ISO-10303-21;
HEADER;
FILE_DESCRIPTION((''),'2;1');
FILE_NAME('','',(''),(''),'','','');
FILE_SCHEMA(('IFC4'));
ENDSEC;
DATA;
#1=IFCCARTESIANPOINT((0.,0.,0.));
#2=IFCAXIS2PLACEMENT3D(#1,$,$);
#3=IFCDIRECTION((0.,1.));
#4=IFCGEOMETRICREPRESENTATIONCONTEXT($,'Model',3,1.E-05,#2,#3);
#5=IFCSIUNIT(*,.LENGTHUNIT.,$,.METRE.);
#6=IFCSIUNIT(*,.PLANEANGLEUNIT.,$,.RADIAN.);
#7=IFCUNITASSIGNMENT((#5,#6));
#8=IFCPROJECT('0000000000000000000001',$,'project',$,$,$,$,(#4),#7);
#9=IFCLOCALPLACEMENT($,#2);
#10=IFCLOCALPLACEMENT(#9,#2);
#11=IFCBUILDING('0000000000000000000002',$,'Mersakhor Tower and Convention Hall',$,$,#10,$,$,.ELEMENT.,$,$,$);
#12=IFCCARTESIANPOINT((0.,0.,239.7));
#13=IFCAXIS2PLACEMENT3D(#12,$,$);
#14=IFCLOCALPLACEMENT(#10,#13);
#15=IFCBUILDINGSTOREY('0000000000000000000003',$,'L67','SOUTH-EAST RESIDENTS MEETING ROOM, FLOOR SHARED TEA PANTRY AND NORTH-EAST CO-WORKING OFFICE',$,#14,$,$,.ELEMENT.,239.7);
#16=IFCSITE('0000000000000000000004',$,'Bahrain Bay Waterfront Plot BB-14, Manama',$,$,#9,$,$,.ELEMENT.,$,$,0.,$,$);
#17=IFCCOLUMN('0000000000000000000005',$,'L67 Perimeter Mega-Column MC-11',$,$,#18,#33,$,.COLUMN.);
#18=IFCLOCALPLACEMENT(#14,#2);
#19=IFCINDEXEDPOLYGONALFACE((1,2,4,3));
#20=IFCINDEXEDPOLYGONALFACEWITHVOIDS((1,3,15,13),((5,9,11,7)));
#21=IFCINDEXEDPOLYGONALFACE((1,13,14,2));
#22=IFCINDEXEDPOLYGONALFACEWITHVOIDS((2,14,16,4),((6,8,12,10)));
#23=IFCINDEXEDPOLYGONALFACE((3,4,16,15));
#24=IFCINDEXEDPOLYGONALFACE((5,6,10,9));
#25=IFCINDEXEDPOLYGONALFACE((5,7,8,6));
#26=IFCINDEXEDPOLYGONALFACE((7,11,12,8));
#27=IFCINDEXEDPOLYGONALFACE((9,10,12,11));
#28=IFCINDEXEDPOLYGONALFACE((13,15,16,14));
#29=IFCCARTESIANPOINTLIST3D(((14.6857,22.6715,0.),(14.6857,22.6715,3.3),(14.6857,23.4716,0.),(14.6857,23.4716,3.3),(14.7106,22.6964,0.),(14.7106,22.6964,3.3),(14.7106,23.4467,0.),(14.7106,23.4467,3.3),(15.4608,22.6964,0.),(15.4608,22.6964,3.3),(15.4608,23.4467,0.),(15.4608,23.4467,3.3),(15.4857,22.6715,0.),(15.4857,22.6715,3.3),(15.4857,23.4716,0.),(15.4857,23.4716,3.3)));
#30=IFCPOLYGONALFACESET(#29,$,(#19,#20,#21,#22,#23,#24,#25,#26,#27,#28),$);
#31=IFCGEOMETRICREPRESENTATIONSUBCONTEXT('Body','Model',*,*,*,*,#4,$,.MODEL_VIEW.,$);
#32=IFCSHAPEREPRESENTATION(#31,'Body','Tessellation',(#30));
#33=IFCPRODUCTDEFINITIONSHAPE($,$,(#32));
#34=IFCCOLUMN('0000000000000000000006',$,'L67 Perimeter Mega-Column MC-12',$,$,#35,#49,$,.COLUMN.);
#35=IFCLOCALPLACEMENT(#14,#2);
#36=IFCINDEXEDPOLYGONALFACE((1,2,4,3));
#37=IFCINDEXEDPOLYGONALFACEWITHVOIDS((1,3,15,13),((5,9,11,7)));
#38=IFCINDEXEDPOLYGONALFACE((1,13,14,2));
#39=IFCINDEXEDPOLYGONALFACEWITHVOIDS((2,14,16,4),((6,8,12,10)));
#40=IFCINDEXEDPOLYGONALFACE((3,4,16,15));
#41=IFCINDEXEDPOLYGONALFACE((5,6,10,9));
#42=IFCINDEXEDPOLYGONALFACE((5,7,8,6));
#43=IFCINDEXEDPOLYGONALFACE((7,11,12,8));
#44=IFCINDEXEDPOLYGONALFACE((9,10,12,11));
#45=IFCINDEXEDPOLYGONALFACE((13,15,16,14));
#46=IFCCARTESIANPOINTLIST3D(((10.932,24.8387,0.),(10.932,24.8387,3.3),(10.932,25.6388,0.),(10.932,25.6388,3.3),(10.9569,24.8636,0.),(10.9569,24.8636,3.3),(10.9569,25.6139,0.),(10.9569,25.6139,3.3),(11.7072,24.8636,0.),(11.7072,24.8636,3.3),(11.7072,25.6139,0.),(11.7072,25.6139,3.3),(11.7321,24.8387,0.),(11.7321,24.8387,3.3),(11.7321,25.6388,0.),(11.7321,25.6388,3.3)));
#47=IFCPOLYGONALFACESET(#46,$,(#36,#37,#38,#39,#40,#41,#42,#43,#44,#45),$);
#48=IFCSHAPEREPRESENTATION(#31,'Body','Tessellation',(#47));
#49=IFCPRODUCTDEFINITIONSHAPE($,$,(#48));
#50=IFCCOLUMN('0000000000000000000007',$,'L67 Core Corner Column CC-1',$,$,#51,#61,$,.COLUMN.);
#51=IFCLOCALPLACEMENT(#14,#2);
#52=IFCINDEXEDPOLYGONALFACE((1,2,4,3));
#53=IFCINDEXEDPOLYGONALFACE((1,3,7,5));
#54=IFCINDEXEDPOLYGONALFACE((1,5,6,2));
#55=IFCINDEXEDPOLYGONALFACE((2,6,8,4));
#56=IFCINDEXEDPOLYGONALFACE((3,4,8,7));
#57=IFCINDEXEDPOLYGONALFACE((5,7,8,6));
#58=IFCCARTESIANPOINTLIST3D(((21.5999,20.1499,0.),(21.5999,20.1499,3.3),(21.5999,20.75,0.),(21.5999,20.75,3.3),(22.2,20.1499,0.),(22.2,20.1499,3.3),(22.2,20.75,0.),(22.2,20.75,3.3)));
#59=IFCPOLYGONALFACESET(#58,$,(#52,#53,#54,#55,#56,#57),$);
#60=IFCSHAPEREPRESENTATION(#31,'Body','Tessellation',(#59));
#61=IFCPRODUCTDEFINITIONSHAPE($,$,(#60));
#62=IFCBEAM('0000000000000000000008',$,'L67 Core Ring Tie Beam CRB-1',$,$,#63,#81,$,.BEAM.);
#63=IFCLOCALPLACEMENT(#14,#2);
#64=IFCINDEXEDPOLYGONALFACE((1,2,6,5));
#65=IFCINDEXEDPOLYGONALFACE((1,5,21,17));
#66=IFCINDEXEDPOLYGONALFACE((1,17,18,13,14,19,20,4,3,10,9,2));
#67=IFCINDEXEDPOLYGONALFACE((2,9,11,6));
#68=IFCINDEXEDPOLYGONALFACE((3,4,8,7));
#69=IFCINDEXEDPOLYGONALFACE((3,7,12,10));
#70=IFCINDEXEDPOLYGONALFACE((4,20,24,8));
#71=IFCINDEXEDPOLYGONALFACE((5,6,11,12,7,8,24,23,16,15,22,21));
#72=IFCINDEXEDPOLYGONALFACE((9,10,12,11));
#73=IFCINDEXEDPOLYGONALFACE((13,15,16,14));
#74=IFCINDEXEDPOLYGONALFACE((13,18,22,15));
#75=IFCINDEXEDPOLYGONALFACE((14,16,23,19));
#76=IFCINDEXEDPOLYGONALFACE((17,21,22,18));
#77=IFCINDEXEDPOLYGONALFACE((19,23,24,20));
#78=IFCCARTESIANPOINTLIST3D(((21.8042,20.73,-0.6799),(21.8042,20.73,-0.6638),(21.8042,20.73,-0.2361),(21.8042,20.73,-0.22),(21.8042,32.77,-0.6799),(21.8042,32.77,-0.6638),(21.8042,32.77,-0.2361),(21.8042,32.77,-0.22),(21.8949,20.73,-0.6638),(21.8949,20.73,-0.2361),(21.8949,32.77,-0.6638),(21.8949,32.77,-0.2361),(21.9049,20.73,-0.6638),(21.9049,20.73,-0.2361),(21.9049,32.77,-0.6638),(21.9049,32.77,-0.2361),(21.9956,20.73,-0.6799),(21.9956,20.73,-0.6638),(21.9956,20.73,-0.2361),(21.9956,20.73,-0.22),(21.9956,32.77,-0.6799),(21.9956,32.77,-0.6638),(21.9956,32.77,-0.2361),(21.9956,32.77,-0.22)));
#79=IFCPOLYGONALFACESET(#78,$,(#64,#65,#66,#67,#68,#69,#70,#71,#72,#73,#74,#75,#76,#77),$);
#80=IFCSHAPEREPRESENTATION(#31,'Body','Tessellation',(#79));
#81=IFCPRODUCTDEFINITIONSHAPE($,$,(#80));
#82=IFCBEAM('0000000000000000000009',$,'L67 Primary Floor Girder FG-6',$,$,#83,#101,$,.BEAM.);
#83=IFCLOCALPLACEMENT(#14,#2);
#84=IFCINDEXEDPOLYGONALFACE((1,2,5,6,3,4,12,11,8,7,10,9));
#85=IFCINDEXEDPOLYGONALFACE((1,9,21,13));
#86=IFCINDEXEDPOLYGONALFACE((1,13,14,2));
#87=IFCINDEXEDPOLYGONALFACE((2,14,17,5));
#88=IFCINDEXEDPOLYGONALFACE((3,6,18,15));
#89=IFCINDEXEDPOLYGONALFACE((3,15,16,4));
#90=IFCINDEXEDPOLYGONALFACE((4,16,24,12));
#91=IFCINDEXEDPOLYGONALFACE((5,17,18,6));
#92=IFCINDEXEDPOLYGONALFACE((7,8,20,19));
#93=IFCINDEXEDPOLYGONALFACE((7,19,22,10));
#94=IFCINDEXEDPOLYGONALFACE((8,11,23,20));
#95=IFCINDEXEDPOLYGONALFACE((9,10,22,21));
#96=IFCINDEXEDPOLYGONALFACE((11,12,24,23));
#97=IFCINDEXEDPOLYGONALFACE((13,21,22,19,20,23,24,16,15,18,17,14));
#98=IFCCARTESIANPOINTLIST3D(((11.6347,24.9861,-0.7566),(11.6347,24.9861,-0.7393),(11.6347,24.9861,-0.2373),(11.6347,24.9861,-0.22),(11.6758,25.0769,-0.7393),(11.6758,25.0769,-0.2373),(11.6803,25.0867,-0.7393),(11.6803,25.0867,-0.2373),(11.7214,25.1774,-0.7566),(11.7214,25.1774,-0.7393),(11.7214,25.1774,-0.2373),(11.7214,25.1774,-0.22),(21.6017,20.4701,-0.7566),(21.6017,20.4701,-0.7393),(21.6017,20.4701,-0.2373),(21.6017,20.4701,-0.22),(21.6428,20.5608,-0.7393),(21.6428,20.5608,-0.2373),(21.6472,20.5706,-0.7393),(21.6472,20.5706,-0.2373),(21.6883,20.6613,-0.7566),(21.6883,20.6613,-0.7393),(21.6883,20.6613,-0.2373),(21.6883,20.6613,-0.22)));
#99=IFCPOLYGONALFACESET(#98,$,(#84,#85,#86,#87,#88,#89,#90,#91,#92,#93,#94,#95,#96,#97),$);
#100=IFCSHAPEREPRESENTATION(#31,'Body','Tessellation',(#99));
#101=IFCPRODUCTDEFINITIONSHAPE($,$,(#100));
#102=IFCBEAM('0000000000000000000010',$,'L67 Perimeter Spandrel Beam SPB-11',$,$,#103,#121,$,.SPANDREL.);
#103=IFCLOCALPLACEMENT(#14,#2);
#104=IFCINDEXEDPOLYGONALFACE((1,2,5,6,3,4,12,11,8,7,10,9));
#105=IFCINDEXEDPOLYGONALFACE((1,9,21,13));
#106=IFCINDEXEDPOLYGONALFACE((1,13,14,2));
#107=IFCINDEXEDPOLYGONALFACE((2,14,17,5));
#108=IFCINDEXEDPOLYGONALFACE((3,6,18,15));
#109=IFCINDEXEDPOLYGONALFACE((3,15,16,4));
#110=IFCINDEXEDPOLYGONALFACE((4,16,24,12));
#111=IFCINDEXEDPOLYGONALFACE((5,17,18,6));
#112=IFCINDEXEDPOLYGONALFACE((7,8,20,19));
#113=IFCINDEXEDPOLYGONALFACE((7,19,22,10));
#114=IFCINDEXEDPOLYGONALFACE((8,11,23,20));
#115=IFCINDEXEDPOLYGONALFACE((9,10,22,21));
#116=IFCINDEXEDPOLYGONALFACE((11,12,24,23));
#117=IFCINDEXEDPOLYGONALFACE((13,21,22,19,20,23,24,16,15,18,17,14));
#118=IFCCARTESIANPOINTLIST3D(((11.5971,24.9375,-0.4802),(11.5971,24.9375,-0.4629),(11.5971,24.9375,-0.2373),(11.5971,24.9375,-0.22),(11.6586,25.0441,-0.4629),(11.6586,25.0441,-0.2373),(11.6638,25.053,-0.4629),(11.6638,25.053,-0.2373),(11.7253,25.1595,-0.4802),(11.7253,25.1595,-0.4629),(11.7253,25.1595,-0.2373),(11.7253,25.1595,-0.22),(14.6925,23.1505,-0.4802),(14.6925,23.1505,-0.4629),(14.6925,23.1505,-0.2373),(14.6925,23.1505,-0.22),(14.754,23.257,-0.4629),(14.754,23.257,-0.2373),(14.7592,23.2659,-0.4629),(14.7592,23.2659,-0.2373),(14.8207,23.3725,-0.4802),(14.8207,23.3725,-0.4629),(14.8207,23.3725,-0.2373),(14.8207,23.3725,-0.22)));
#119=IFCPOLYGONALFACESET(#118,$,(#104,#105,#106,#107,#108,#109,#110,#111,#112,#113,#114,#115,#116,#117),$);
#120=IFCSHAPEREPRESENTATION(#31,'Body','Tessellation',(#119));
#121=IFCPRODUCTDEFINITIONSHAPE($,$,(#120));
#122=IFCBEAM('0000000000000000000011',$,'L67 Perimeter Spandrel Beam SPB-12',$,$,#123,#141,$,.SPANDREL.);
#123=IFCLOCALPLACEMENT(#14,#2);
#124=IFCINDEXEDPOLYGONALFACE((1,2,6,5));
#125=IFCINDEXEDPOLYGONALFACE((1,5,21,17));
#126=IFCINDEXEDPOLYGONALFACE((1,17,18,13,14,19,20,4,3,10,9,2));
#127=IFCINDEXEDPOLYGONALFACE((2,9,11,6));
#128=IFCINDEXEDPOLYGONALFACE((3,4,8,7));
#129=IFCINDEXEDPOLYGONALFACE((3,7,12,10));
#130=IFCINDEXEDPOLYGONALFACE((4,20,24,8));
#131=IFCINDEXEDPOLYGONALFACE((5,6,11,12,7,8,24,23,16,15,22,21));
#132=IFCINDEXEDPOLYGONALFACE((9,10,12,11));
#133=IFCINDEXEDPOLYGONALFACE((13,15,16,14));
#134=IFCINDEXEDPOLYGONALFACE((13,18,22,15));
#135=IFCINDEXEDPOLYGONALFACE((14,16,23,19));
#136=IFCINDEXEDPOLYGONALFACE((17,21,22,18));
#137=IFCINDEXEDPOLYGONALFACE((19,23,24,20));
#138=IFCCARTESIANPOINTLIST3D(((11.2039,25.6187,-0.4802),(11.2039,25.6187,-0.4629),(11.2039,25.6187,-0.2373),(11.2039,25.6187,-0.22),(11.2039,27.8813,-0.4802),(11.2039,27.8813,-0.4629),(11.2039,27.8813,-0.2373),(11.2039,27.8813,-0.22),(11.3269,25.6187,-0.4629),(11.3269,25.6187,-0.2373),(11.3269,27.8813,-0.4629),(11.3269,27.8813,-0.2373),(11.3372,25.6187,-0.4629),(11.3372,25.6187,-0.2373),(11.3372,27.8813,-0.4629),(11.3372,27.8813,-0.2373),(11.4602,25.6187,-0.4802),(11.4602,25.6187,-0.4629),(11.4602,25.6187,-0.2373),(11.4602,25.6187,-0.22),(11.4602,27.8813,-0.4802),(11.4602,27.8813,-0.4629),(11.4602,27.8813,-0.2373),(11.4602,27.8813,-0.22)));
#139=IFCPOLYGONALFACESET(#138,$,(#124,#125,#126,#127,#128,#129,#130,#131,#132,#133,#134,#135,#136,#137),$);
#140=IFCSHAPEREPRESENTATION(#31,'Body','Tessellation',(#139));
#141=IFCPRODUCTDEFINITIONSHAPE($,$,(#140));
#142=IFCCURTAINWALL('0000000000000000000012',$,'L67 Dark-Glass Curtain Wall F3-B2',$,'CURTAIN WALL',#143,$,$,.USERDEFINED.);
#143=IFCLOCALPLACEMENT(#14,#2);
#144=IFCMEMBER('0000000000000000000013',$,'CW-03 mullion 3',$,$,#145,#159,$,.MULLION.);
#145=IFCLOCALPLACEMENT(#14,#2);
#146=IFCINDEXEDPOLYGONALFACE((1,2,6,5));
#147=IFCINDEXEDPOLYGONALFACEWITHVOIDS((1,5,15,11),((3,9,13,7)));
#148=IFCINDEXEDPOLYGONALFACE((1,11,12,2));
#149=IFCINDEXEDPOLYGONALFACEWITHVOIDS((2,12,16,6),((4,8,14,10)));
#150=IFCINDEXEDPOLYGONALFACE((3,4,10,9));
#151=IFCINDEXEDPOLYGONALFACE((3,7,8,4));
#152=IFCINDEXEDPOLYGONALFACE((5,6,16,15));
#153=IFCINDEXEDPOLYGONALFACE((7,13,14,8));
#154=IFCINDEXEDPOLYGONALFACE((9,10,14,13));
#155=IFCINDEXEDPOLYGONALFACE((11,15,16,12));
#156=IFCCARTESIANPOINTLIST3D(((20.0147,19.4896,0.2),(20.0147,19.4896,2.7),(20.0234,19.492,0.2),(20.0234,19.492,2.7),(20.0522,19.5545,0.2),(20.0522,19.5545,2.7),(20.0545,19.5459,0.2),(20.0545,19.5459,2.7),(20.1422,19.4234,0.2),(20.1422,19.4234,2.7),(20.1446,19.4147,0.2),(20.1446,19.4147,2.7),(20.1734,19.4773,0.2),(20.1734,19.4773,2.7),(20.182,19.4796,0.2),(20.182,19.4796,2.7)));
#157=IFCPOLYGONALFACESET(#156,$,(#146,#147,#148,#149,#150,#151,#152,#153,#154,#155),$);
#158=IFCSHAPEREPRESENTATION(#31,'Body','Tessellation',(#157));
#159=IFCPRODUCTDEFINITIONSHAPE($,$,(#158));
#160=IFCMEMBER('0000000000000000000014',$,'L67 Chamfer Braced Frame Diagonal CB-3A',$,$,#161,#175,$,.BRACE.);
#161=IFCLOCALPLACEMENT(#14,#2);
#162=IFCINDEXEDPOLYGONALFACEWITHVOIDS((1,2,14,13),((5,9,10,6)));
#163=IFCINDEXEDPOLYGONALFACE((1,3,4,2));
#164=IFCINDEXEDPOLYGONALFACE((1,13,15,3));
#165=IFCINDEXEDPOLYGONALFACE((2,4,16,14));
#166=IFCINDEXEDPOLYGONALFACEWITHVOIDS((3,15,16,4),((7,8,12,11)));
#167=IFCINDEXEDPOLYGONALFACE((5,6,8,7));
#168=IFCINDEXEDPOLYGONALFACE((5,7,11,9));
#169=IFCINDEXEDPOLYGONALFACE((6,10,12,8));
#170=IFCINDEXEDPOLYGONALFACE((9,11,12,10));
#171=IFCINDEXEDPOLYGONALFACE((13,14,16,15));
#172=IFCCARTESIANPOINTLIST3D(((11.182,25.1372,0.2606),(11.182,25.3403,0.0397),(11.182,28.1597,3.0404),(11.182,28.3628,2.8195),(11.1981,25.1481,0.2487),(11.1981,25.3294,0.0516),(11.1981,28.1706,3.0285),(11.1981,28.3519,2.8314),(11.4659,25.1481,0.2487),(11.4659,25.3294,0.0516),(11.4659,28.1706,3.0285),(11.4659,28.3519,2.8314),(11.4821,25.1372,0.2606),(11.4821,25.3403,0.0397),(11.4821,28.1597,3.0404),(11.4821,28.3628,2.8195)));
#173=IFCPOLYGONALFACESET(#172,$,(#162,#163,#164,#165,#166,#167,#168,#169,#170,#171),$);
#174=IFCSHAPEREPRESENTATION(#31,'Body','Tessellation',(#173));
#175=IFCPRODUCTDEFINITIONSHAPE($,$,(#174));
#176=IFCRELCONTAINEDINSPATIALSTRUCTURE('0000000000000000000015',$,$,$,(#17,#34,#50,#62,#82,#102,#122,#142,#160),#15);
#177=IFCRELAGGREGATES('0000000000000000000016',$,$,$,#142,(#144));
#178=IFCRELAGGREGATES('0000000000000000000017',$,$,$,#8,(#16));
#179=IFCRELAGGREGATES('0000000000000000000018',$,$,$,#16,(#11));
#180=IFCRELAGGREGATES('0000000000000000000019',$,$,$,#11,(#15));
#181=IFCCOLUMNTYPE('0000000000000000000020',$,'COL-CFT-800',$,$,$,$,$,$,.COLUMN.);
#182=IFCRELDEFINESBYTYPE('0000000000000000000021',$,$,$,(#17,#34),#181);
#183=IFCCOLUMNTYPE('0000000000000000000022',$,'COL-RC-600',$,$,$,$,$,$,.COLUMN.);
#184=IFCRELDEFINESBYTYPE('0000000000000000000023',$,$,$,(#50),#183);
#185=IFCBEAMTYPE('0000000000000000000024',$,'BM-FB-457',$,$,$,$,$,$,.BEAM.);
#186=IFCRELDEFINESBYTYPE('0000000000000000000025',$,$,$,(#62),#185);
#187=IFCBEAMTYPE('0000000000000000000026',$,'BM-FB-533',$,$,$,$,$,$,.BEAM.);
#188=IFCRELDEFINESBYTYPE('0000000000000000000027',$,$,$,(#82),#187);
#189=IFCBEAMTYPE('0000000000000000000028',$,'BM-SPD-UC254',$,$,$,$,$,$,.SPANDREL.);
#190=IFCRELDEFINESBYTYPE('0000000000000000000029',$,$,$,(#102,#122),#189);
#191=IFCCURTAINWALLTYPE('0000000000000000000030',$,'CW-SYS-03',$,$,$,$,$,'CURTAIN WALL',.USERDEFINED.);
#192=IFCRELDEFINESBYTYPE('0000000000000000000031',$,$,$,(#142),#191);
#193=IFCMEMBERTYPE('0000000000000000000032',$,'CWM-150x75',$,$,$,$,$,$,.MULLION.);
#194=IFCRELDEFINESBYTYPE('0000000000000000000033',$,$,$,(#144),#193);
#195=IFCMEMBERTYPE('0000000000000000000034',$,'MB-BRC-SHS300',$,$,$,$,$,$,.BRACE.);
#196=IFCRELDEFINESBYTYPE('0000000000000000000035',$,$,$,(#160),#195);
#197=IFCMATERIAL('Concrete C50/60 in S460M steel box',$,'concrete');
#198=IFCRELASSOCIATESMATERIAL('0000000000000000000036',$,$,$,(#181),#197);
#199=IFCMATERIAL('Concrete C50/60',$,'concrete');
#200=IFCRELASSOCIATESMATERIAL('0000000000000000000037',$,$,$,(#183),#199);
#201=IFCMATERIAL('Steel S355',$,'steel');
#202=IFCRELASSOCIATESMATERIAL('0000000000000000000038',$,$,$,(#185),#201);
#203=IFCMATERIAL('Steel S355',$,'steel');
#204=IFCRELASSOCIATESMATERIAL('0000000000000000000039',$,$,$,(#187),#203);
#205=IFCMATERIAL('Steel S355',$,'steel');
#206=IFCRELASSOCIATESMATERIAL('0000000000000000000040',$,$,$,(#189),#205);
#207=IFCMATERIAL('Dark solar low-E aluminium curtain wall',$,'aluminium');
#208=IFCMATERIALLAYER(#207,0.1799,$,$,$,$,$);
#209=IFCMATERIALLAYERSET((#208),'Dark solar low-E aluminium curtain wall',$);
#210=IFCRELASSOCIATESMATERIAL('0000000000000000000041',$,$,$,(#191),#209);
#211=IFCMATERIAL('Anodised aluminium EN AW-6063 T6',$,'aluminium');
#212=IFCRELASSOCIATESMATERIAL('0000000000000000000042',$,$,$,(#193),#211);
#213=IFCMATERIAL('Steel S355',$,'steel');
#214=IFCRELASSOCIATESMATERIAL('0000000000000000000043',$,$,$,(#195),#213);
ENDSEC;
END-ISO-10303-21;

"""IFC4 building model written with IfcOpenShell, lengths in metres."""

from ifc_helpers import new_model, si_unit, direction, frame, origin, origin_2d, place, context, subcontext, project, spatial, rectangle, hollow_rectangle, i_section, extrude, material, layer, layer_set, material_profile, profile_set, type_object, element, aggregate, save


model = new_model("IFC4")

# Units and contexts
model_context = context("Model", 3, precision=1e-05, world=origin(), true_north=direction((0.0, 1.0)))
body_context = subcontext(model_context, "Body", "Model", "MODEL_VIEW")
ifc_project = project(units=[si_unit("LENGTHUNIT", "METRE"), si_unit("PLANEANGLEUNIT", "RADIAN")], contexts=[model_context])

# Site, building, storey
site_placement = place(None, origin())
site = spatial("IfcSite", under=ifc_project, at=site_placement, Name="Bahrain Bay Waterfront Plot BB-14, Manama", CompositionType="ELEMENT", RefElevation=0.0)
building_placement = place(site_placement, origin())
building = spatial("IfcBuilding", under=site, at=building_placement, Name="Mersakhor Tower and Convention Hall", CompositionType="ELEMENT")
storey_placement = place(building_placement, frame((0.0, 0.0, 239.7)))
storey = spatial("IfcBuildingStorey", under=building, at=storey_placement, Name="L67", Description="SOUTH-EAST RESIDENTS MEETING ROOM, FLOOR SHARED TEA PANTRY AND NORTH-EAST CO-WORKING OFFICE", CompositionType="ELEMENT", Elevation=239.7)

# Columns
ifc_material_1 = material(Name="Concrete C50/60 in S460M steel box", Category="concrete")
ifc_material_profile_1 = material_profile(ifc_material_1, hollow_rectangle(XDim=0.8, YDim=0.8, WallThickness=0.0249, at=origin_2d()), Name="SHS 800x800x25")
ifc_profile_set_1 = profile_set([ifc_material_profile_1], Name="Concrete C50/60 in S460M steel box")
column_type_1 = type_object("IfcColumnType", Name="COL-CFT-800", PredefinedType="COLUMN", material=ifc_profile_set_1)
for number, where, z_axis, x_axis, name in (
    (1, (15.0857, 23.0715, 0.0), (0.0, 0.0, 1.0), (1.0, 0.0, 0.0), "L67 Perimeter Mega-Column MC-11"),
    (2, (11.332, 25.2388, 0.0), (0.0, 0.0, 1.0), (1.0, 0.0, 0.0), "L67 Perimeter Mega-Column MC-12"),
):
    element("IfcColumn", number, at=place(storey_placement, frame(where, z_axis=z_axis, x_axis=x_axis)), inside=storey, type_object=column_type_1, Name=name, PredefinedType="COLUMN", context=body_context, shape_type="SweptSolid", body=[
        extrude(hollow_rectangle(XDim=0.8, YDim=0.8, WallThickness=0.0249, at=origin_2d()), origin(), (0.0, 0.0, 1.0), 3.3),
    ])
ifc_material_2 = material(Name="Concrete C50/60", Category="concrete")
ifc_material_profile_2 = material_profile(ifc_material_2, rectangle(XDim=0.6001, YDim=0.6001, at=origin_2d()), Name="RC 600x600")
ifc_profile_set_2 = profile_set([ifc_material_profile_2], Name="Concrete C50/60")
column_type_2 = type_object("IfcColumnType", Name="COL-RC-600", PredefinedType="COLUMN", material=ifc_profile_set_2)
column_placement = place(storey_placement, frame((21.8999, 20.45, 0.0), z_axis=(0.0, 0.0, 1.0), x_axis=(1.0, 0.0, 0.0)))
element("IfcColumn", 3, at=column_placement, inside=storey, type_object=column_type_2, Name="L67 Core Corner Column CC-1", PredefinedType="COLUMN", context=body_context, shape_type="SweptSolid", body=[
    extrude(rectangle(XDim=0.6001, YDim=0.6001, at=origin_2d()), origin(), (0.0, 0.0, 1.0), 3.3),
])

# Beams
ifc_material_3 = material(Name="Steel S355", Category="steel")
ifc_material_profile_3 = material_profile(ifc_material_3, i_section(OverallWidth=0.1914, OverallDepth=0.46, WebThickness=0.01, FlangeThickness=0.0161, at=origin_2d()), Name="UB 457x191x82")
ifc_profile_set_3 = profile_set([ifc_material_profile_3], Name="Steel S355")
beam_type_1 = type_object("IfcBeamType", Name="BM-FB-457", PredefinedType="BEAM", material=ifc_profile_set_3)
beam_1_placement = place(storey_placement, frame((21.8999, 20.73, -0.45), z_axis=(0.0, 1.0, 0.0), x_axis=(-1.0, 0.0, 0.0)))
element("IfcBeam", 4, at=beam_1_placement, inside=storey, type_object=beam_type_1, Name="L67 Core Ring Tie Beam CRB-1", PredefinedType="BEAM", context=body_context, shape_type="SweptSolid", body=[
    extrude(i_section(OverallWidth=0.1914, OverallDepth=0.46, WebThickness=0.01, FlangeThickness=0.0161, at=origin_2d()), origin(), (0.0, 0.0, 1.0), 12.04),
])
ifc_material_4 = material(Name="Steel S355", Category="steel")
ifc_material_profile_4 = material_profile(ifc_material_4, i_section(OverallWidth=0.21, OverallDepth=0.5366, WebThickness=0.0107, FlangeThickness=0.0173, at=origin_2d()), Name="UB 533x210x101")
ifc_profile_set_4 = profile_set([ifc_material_profile_4], Name="Steel S355")
beam_type_2 = type_object("IfcBeamType", Name="BM-FB-533", PredefinedType="BEAM", material=ifc_profile_set_4)
beam_2_placement = place(storey_placement, frame((21.645, 20.5657, -0.4883), z_axis=(-0.91086, 0.412715, 0.0), x_axis=(-0.412715, -0.91086, 0.0)))
element("IfcBeam", 5, at=beam_2_placement, inside=storey, type_object=beam_type_2, Name="L67 Primary Floor Girder FG-6", PredefinedType="BEAM", context=body_context, shape_type="SweptSolid", body=[
    extrude(i_section(OverallWidth=0.21, OverallDepth=0.5366, WebThickness=0.0107, FlangeThickness=0.0173, at=origin_2d()), origin(), (0.0, 0.0, 1.0), 10.9424),
])
ifc_material_5 = material(Name="Steel S355", Category="steel")
ifc_material_profile_5 = material_profile(ifc_material_5, i_section(OverallWidth=0.2563, OverallDepth=0.2603, WebThickness=0.0103, FlangeThickness=0.0173, at=origin_2d()), Name="UC 254x254x89")
ifc_profile_set_5 = profile_set([ifc_material_profile_5], Name="Steel S355")
beam_type_3 = type_object("IfcBeamType", Name="BM-SPD-UC254", PredefinedType="SPANDREL", material=ifc_profile_set_5)
beam_3_placement = place(storey_placement, frame((14.7566, 23.2615, -0.3501), z_axis=(-0.866032, 0.499989, 0.0), x_axis=(-0.499989, -0.866032, 0.0)))
element("IfcBeam", 6, at=beam_3_placement, inside=storey, type_object=beam_type_3, Name="L67 Perimeter Spandrel Beam SPB-11", PredefinedType="SPANDREL", context=body_context, shape_type="SweptSolid", body=[
    extrude(i_section(OverallWidth=0.2563, OverallDepth=0.2603, WebThickness=0.0103, FlangeThickness=0.0173, at=origin_2d()), origin(), (0.0, 0.0, 1.0), 3.5742),
])
beam_4_placement = place(storey_placement, frame((11.332, 25.6187, -0.3501), z_axis=(0.0, 1.0, 0.0), x_axis=(-1.0, 0.0, 0.0)))
element("IfcBeam", 7, at=beam_4_placement, inside=storey, type_object=beam_type_3, Name="L67 Perimeter Spandrel Beam SPB-12", PredefinedType="SPANDREL", context=body_context, shape_type="SweptSolid", body=[
    extrude(i_section(OverallWidth=0.2563, OverallDepth=0.2603, WebThickness=0.0103, FlangeThickness=0.0173, at=origin_2d()), origin(), (0.0, 0.0, 1.0), 2.2627),
])

# Curtain wall, member
ifc_material_6 = material(Name="Dark solar low-E aluminium curtain wall", Category="aluminium")
ifc_layer_1 = layer(ifc_material_6, 0.1799)
ifc_layer_set_1 = layer_set([ifc_layer_1], Name="Dark solar low-E aluminium curtain wall")
curtain_wall_type = type_object("IfcCurtainWallType", Name="CW-SYS-03", ElementType="CURTAIN WALL", PredefinedType="USERDEFINED", material=ifc_layer_set_1)
curtain_wall_placement = place(storey_placement, origin())
curtain_wall = element("IfcCurtainWall", 8, at=curtain_wall_placement, inside=storey, type_object=curtain_wall_type, Name="L67 Dark-Glass Curtain Wall F3-B2", ObjectType="CURTAIN WALL", PredefinedType="USERDEFINED")
ifc_material_7 = material(Name="Anodised aluminium EN AW-6063 T6", Category="aluminium")
ifc_material_profile_6 = material_profile(ifc_material_7, hollow_rectangle(XDim=0.075, YDim=0.1499, WallThickness=0.0063, at=origin_2d()), Name="RHS 150x75x6.3")
ifc_profile_set_6 = profile_set([ifc_material_profile_6], Name="Anodised aluminium EN AW-6063 T6")
member_type_1 = type_object("IfcMemberType", Name="CWM-150x75", PredefinedType="MULLION", material=ifc_profile_set_6)
member_1_placement = place(storey_placement, frame((20.0984, 19.4846, 0.2), z_axis=(0.0, 0.0, 1.0), x_axis=(-0.500004, -0.866023, 0.0)))
member_1 = element("IfcMember", 9, at=member_1_placement, type_object=member_type_1, Name="CW-03 mullion 3", PredefinedType="MULLION", context=body_context, shape_type="SweptSolid", body=[
    extrude(hollow_rectangle(XDim=0.075, YDim=0.1499, WallThickness=0.0063, at=origin_2d()), origin(), (0.0, 0.0, 1.0), 2.5),
])

# Member
ifc_material_8 = material(Name="Steel S355", Category="steel")
ifc_material_profile_7 = material_profile(ifc_material_8, hollow_rectangle(XDim=0.3, YDim=0.3, WallThickness=0.0161, at=origin_2d()), Name="SHS 300x300x16")
ifc_profile_set_7 = profile_set([ifc_material_profile_7], Name="Steel S355")
member_type_2 = type_object("IfcMemberType", Name="MB-BRC-SHS300", PredefinedType="BRACE", material=ifc_profile_set_7)
member_2_placement = place(storey_placement, frame((11.332, 25.2388, 0.1501), z_axis=(0.0, 0.736038, 0.676941), x_axis=(-1.0, 0.0, 0.0)))
element("IfcMember", 10, at=member_2_placement, inside=storey, type_object=member_type_2, Name="L67 Chamfer Braced Frame Diagonal CB-3A", PredefinedType="BRACE", context=body_context, shape_type="SweptSolid", body=[
    extrude(hollow_rectangle(XDim=0.3, YDim=0.3, WallThickness=0.0161, at=origin_2d()), origin(), (0.0, 0.0, 1.0), 4.1064),
])

aggregate(curtain_wall, [member_1])

save(model, "model.ifc")
